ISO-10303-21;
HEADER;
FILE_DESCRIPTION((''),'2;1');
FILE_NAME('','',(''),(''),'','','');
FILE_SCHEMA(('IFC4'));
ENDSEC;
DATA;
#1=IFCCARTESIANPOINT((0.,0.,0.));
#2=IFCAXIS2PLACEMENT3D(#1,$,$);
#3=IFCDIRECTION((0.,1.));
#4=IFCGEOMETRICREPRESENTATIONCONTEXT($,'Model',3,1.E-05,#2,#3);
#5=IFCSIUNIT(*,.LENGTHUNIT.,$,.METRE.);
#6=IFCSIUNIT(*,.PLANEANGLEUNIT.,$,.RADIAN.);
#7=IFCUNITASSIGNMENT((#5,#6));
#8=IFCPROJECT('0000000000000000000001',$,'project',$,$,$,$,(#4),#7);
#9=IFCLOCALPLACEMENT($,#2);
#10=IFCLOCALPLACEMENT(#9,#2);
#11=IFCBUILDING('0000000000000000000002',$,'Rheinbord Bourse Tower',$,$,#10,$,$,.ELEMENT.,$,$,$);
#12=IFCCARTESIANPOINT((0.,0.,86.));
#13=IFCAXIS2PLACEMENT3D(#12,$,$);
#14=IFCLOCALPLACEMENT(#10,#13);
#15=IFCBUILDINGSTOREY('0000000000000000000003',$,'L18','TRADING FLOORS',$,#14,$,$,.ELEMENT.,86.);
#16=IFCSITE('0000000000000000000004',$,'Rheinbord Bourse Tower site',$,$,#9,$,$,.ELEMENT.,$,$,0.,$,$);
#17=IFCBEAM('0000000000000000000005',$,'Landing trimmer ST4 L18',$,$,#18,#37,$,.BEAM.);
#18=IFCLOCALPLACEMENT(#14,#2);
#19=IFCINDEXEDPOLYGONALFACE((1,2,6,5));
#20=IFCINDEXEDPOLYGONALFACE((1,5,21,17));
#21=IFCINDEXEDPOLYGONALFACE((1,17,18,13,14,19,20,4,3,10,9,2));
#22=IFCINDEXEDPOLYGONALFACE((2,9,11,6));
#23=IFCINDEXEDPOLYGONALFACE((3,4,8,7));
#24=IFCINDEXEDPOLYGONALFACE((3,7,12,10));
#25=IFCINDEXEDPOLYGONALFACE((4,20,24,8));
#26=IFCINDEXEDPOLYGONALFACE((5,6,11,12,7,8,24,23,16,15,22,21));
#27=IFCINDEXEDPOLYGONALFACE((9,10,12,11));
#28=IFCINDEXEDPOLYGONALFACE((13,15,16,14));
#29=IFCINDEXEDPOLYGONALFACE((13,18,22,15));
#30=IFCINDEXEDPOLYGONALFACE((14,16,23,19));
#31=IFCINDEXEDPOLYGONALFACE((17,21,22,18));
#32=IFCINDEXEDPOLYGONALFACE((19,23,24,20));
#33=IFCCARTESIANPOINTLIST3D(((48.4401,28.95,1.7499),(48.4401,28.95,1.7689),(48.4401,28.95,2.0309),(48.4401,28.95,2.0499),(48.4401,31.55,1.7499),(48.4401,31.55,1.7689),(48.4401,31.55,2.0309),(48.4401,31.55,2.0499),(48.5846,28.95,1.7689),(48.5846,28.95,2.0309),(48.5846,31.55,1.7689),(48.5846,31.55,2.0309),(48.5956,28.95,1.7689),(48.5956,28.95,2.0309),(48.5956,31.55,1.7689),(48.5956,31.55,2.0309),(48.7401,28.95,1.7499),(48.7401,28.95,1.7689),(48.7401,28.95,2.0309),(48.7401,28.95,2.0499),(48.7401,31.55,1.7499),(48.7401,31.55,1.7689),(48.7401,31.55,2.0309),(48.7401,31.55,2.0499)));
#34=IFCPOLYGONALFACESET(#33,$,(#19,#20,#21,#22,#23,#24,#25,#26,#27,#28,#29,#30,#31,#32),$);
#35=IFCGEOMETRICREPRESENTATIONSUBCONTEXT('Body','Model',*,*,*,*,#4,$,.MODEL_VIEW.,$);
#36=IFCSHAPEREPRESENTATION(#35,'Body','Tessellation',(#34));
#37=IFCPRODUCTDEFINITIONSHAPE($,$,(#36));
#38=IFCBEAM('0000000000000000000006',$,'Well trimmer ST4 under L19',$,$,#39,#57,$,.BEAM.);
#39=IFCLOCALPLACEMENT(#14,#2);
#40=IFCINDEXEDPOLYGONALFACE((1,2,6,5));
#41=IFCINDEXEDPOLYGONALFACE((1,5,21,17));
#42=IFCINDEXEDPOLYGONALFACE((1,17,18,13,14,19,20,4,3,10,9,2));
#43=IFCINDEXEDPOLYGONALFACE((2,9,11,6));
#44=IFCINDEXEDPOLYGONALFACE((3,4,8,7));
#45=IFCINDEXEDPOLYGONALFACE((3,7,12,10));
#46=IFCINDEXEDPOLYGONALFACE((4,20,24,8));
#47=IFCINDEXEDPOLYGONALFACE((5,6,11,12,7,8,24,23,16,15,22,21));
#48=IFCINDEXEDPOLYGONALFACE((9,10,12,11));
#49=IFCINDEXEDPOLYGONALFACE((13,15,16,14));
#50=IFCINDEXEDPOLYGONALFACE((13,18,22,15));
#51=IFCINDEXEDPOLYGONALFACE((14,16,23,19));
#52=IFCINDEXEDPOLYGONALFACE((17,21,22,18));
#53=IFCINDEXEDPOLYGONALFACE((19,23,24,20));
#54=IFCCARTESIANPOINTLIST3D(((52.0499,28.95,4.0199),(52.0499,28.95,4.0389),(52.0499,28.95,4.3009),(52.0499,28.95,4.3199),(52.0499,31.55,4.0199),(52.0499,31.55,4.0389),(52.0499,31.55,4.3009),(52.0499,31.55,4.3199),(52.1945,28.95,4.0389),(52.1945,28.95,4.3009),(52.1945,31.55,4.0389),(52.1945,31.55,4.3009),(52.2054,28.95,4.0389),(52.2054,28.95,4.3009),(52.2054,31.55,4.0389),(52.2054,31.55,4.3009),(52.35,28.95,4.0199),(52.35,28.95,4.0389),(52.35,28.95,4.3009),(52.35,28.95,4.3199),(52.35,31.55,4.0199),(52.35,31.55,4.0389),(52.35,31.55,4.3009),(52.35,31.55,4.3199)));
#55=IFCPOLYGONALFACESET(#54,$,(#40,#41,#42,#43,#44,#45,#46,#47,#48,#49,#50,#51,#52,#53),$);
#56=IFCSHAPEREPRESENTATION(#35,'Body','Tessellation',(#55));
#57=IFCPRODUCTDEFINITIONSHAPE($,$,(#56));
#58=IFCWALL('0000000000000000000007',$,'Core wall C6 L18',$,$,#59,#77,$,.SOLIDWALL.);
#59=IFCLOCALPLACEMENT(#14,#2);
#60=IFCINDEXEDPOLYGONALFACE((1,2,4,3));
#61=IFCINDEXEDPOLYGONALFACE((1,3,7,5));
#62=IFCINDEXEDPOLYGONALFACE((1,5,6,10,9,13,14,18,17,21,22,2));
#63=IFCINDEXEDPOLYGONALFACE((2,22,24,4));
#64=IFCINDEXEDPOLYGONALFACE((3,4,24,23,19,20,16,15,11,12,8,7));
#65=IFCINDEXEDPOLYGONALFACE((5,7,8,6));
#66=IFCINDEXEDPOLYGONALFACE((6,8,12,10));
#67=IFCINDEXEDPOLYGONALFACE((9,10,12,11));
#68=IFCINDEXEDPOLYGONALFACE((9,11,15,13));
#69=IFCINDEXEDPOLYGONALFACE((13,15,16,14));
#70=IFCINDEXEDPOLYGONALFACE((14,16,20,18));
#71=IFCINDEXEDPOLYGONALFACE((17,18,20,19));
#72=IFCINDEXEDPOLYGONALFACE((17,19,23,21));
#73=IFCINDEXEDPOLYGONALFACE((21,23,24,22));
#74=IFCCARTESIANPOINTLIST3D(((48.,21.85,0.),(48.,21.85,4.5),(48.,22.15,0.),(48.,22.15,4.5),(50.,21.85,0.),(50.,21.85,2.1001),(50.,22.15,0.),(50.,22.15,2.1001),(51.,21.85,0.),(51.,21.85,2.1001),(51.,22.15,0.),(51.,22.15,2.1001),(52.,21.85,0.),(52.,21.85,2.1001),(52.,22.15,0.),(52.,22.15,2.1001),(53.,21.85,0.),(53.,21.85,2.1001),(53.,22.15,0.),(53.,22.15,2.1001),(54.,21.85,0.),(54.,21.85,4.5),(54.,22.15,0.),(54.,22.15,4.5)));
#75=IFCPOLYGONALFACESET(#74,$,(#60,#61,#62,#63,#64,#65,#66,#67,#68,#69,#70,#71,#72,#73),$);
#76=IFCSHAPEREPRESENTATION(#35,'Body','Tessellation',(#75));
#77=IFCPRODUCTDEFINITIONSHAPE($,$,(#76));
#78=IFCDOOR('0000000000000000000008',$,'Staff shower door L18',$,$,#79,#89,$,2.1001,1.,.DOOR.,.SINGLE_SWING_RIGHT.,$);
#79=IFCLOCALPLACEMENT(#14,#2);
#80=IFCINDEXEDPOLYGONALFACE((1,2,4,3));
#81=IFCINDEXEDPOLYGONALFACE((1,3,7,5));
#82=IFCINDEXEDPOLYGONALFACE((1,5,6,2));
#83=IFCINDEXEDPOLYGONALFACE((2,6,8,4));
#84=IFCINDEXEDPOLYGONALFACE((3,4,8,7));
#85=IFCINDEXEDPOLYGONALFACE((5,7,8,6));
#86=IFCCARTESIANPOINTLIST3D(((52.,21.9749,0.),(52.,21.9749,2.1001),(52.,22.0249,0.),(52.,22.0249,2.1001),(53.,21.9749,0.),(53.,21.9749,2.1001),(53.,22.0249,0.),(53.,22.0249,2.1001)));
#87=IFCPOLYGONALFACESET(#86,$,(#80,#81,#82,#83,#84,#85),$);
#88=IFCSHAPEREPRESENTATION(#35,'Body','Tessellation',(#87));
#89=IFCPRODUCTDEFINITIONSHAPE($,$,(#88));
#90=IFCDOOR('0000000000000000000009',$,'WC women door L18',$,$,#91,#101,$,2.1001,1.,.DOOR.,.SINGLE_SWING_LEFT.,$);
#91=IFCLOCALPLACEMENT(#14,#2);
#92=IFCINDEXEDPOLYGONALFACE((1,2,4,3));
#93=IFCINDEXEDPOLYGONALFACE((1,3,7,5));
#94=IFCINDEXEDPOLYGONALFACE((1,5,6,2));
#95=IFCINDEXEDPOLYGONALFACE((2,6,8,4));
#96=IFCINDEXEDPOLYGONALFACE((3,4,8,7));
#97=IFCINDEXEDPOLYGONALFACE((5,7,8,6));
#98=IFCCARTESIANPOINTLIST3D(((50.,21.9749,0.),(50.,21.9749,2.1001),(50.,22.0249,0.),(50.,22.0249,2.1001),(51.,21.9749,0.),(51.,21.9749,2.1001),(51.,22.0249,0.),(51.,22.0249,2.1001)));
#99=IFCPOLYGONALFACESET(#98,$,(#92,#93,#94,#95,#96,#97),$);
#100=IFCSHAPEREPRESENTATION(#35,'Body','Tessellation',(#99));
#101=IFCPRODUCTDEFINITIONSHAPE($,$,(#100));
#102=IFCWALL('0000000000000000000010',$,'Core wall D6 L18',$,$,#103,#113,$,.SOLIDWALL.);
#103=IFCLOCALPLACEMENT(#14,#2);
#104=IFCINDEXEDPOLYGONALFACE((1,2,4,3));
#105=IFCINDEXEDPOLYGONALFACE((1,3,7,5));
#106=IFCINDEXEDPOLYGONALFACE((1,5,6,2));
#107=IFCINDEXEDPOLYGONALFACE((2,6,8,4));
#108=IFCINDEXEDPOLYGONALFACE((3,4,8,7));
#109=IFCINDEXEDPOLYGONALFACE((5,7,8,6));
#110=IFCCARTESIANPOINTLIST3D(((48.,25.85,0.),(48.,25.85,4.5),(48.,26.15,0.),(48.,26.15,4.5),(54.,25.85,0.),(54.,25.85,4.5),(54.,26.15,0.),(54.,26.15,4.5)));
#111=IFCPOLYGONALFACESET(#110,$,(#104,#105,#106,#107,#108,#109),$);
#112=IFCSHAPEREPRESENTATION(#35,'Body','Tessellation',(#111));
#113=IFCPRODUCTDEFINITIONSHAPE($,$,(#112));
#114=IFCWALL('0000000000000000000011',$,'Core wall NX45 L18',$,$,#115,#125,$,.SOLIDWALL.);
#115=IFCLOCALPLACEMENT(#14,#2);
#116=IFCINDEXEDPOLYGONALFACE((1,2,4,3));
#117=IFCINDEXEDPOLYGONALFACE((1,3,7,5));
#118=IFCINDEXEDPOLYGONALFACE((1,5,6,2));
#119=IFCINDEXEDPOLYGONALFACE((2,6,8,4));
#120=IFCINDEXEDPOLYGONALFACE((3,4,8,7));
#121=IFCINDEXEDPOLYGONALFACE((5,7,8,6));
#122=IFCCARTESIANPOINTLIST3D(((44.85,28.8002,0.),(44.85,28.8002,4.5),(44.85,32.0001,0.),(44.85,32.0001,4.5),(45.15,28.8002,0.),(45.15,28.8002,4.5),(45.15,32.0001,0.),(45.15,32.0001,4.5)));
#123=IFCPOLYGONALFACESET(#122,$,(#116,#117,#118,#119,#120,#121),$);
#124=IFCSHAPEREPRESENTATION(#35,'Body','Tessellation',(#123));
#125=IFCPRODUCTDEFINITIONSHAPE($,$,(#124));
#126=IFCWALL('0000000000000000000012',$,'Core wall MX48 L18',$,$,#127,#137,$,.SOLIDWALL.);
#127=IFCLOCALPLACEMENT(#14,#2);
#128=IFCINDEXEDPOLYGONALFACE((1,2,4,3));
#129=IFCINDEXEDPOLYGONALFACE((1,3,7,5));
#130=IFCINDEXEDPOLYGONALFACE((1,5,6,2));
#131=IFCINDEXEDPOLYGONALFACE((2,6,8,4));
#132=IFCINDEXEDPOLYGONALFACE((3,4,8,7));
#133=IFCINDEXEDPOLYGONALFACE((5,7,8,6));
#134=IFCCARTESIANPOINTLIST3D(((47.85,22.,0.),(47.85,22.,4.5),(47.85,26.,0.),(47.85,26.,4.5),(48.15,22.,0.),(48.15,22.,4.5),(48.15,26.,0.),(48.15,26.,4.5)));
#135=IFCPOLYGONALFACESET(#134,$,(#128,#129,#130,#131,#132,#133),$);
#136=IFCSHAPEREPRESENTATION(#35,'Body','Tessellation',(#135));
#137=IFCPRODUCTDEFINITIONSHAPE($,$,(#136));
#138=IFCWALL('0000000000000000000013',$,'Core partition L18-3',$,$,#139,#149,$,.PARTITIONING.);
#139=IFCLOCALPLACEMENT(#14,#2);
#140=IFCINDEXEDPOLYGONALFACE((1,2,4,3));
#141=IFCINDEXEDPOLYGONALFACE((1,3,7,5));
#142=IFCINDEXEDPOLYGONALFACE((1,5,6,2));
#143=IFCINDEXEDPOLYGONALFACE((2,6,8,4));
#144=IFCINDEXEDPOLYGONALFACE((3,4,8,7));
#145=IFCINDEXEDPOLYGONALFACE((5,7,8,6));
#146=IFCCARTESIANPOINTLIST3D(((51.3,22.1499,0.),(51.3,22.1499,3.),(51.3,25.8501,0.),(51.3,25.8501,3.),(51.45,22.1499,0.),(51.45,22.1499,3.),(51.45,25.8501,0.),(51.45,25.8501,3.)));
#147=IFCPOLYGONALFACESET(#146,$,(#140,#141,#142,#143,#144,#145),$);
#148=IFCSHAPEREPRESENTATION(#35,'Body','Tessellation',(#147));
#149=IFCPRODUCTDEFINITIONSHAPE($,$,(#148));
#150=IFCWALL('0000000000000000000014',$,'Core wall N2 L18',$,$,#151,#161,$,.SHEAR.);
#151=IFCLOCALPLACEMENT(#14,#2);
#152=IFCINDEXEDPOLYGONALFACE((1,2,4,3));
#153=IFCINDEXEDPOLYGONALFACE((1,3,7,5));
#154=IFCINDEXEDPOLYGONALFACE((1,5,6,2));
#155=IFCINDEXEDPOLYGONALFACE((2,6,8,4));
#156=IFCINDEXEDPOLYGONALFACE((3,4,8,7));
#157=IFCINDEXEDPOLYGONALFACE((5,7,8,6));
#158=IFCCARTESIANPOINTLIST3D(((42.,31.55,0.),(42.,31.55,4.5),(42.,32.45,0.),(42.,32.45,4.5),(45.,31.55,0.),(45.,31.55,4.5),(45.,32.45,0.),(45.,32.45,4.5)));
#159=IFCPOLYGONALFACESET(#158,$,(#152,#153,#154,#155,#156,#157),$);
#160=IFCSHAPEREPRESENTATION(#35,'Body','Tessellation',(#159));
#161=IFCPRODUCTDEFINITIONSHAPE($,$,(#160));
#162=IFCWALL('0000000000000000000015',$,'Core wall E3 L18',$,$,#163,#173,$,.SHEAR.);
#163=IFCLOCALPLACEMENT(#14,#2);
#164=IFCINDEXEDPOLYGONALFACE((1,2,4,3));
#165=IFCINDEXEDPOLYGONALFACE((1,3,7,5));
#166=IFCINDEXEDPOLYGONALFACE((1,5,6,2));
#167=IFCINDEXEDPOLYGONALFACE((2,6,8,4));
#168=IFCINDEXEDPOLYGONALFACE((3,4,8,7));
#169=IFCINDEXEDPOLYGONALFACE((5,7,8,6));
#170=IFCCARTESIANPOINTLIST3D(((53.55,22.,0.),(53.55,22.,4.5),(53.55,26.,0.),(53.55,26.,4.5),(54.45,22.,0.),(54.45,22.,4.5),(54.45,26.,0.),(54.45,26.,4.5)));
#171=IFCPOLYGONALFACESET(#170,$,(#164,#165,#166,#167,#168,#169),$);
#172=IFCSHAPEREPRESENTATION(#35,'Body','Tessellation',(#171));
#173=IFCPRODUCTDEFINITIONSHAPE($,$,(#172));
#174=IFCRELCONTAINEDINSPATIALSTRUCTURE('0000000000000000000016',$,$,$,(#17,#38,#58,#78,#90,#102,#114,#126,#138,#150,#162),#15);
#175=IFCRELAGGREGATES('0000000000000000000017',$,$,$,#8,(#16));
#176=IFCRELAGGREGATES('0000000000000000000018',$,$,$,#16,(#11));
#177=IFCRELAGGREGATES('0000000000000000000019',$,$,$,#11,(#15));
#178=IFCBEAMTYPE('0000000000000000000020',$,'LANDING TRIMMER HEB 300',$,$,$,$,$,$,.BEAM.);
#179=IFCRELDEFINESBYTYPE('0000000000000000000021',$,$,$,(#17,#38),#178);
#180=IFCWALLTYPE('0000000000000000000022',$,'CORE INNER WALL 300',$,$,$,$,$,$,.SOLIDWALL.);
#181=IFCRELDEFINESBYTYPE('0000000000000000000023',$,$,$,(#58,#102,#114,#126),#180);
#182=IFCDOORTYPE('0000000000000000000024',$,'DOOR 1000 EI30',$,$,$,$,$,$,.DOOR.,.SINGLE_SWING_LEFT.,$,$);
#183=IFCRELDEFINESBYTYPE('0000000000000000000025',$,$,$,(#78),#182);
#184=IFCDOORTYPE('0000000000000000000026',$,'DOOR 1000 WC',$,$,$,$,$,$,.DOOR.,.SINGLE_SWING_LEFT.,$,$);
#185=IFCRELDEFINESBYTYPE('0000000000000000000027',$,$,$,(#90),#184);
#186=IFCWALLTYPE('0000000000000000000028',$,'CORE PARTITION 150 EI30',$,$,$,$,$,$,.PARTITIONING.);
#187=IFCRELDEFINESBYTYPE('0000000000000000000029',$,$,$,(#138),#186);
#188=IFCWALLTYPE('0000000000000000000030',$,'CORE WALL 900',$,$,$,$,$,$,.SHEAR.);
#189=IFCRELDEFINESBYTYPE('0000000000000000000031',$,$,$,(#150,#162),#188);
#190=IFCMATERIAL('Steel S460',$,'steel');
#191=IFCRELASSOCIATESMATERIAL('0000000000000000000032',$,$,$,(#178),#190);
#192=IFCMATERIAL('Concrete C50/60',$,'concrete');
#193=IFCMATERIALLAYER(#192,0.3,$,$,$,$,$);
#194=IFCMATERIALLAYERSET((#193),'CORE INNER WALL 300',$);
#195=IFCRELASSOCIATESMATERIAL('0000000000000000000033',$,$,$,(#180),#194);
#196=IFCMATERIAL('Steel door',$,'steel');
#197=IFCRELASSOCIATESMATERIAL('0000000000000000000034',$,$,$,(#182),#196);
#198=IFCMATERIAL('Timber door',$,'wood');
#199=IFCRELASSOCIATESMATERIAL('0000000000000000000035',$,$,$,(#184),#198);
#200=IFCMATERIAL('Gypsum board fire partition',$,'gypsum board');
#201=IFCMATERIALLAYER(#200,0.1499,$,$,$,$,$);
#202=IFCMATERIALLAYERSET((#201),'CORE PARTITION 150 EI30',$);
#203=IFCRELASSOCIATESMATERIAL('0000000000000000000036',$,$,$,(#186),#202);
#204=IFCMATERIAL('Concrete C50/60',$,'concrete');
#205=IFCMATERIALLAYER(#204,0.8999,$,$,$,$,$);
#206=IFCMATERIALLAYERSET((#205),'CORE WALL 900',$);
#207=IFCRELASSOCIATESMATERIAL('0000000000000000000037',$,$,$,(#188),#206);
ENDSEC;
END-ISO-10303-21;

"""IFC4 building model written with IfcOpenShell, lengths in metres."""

from ifc_helpers import new_model, si_unit, direction, frame, frame_2d, origin, origin_2d, place, context, subcontext, project, spatial, rectangle, i_section, extrude, material, layer, layer_set, material_profile, profile_set, type_object, element, fill, save


model = new_model("IFC4")

# Units and contexts
model_context = context("Model", 3, precision=1e-05, world=origin(), true_north=direction((0.0, 1.0)))
body_context = subcontext(model_context, "Body", "Model", "MODEL_VIEW")
ifc_project = project(units=[si_unit("LENGTHUNIT", "METRE"), si_unit("PLANEANGLEUNIT", "RADIAN")], contexts=[model_context])

# Site, building, storey
site_placement = place(None, origin())
site = spatial("IfcSite", under=ifc_project, at=site_placement, Name="Rheinbord Bourse Tower site", CompositionType="ELEMENT", RefElevation=0.0)
building_placement = place(site_placement, origin())
building = spatial("IfcBuilding", under=site, at=building_placement, Name="Rheinbord Bourse Tower", CompositionType="ELEMENT")
storey_placement = place(building_placement, frame((0.0, 0.0, 86.0)))
storey = spatial("IfcBuildingStorey", under=building, at=storey_placement, Name="L18", Description="TRADING FLOORS", CompositionType="ELEMENT", Elevation=86.0)

# Beams
ifc_material_1 = material(Name="Steel S460", Category="steel")
ifc_material_profile = material_profile(ifc_material_1, i_section(OverallWidth=0.3, OverallDepth=0.3, WebThickness=0.011, FlangeThickness=0.019, at=origin_2d()), Name="HEB 300")
ifc_profile_set = profile_set([ifc_material_profile], Name="Steel S460")
beam_type = type_object("IfcBeamType", Name="LANDING TRIMMER HEB 300", PredefinedType="BEAM", material=ifc_profile_set)
for number, where, z_axis, x_axis, name in (
    (1, (48.5901, 28.95, 1.8999), (0.0, 1.0, 0.0), (-1.0, 0.0, 0.0), "Landing trimmer ST4 L18"),
    (2, (52.2, 28.95, 4.1699), (0.0, 1.0, 0.0), (-1.0, 0.0, 0.0), "Well trimmer ST4 under L19"),
):
    element("IfcBeam", number, at=place(storey_placement, frame(where, z_axis=z_axis, x_axis=x_axis)), inside=storey, type_object=beam_type, Name=name, PredefinedType="BEAM", context=body_context, shape_type="SweptSolid", body=[
        extrude(i_section(OverallWidth=0.3, OverallDepth=0.3, WebThickness=0.011, FlangeThickness=0.019, at=origin_2d()), origin(), (0.0, 0.0, 1.0), 2.6001),
    ])

# Wall, openings, doors
ifc_material_2 = material(Name="Concrete C50/60", Category="concrete")
ifc_layer_1 = layer(ifc_material_2, 0.3)
ifc_layer_set_1 = layer_set([ifc_layer_1], Name="CORE INNER WALL 300")
wall_type_1 = type_object("IfcWallType", Name="CORE INNER WALL 300", PredefinedType="SOLIDWALL", material=ifc_layer_set_1)
wall_1_placement = place(storey_placement, frame((48.0, 22.0, 0.0), z_axis=(0.0, 0.0, 1.0), x_axis=(1.0, 0.0, 0.0)))
wall_1 = element("IfcWall", 3, at=wall_1_placement, inside=storey, type_object=wall_type_1, Name="Core wall C6 L18", PredefinedType="SOLIDWALL", context=body_context, shape_type="SweptSolid", body=[
    extrude(rectangle(XDim=6.0, YDim=0.3, at=frame_2d((3.0, 0.0))), origin(), (0.0, 0.0, 1.0), 4.5),
])
opening_1_placement = place(wall_1_placement, frame((2.0, 0.0, 0.0)))
opening_1 = element("IfcOpeningElement", 4, at=opening_1_placement, cuts=wall_1, PredefinedType="OPENING", context=body_context, shape_type="SweptSolid", body=[
    extrude(rectangle(XDim=1.0, YDim=2.1001, at=frame_2d((0.5, 1.05))), frame((0.0, 0.1599, 0.0), z_axis=(0.0, -1.0, 0.0), x_axis=(1.0, 0.0, 0.0)), (0.0, 0.0, 1.0), 0.3201),
])
opening_2_placement = place(wall_1_placement, frame((4.0, 0.0, 0.0)))
opening_2 = element("IfcOpeningElement", 5, at=opening_2_placement, cuts=wall_1, PredefinedType="OPENING", context=body_context, shape_type="SweptSolid", body=[
    extrude(rectangle(XDim=1.0, YDim=2.1001, at=frame_2d((0.5, 1.05))), frame((0.0, 0.1599, 0.0), z_axis=(0.0, -1.0, 0.0), x_axis=(1.0, 0.0, 0.0)), (0.0, 0.0, 1.0), 0.3201),
])
ifc_material_3 = material(Name="Steel door", Category="steel")
door_type_1 = type_object("IfcDoorType", Name="DOOR 1000 EI30", OperationType="SINGLE_SWING_LEFT", PredefinedType="DOOR", material=ifc_material_3)
door_1_placement = place(opening_2_placement, origin())
door_1 = element("IfcDoor", 6, at=door_1_placement, inside=storey, type_object=door_type_1, Name="Staff shower door L18", OperationType="SINGLE_SWING_RIGHT", OverallHeight=2.1001, OverallWidth=1.0, PredefinedType="DOOR", context=body_context, shape_type="SweptSolid", body=[
    extrude(rectangle(XDim=1.0, YDim=2.1001, at=frame_2d((0.5, 1.05))), frame((0.0, 0.0249, 0.0), z_axis=(0.0, -1.0, 0.0), x_axis=(1.0, 0.0, 0.0)), (0.0, 0.0, 1.0), 0.05),
])
fill(opening_2, door_1)
ifc_material_4 = material(Name="Timber door", Category="wood")
door_type_2 = type_object("IfcDoorType", Name="DOOR 1000 WC", OperationType="SINGLE_SWING_LEFT", PredefinedType="DOOR", material=ifc_material_4)
door_2_placement = place(opening_1_placement, origin())
door_2 = element("IfcDoor", 7, at=door_2_placement, inside=storey, type_object=door_type_2, Name="WC women door L18", OperationType="SINGLE_SWING_LEFT", OverallHeight=2.1001, OverallWidth=1.0, PredefinedType="DOOR", context=body_context, shape_type="SweptSolid", body=[
    extrude(rectangle(XDim=1.0, YDim=2.1001, at=frame_2d((0.5, 1.05))), frame((0.0, 0.0249, 0.0), z_axis=(0.0, -1.0, 0.0), x_axis=(1.0, 0.0, 0.0)), (0.0, 0.0, 1.0), 0.05),
])
fill(opening_1, door_2)

# Walls
wall_2_placement = place(storey_placement, frame((48.0, 26.0, 0.0), z_axis=(0.0, 0.0, 1.0), x_axis=(1.0, 0.0, 0.0)))
element("IfcWall", 8, at=wall_2_placement, inside=storey, type_object=wall_type_1, Name="Core wall D6 L18", PredefinedType="SOLIDWALL", context=body_context, shape_type="SweptSolid", body=[
    extrude(rectangle(XDim=6.0, YDim=0.3, at=frame_2d((3.0, 0.0))), origin(), (0.0, 0.0, 1.0), 4.5),
])
wall_3_placement = place(storey_placement, frame((45.0, 28.8, 0.0), z_axis=(0.0, 0.0, 1.0), x_axis=(0.0, 1.0, 0.0)))
element("IfcWall", 9, at=wall_3_placement, inside=storey, type_object=wall_type_1, Name="Core wall NX45 L18", PredefinedType="SOLIDWALL", context=body_context, shape_type="SweptSolid", body=[
    extrude(rectangle(XDim=3.2, YDim=0.3, at=frame_2d((1.6001, 0.0))), origin(), (0.0, 0.0, 1.0), 4.5),
])
wall_4_placement = place(storey_placement, frame((48.0, 22.0, 0.0), z_axis=(0.0, 0.0, 1.0), x_axis=(0.0, 1.0, 0.0)))
element("IfcWall", 10, at=wall_4_placement, inside=storey, type_object=wall_type_1, Name="Core wall MX48 L18", PredefinedType="SOLIDWALL", context=body_context, shape_type="SweptSolid", body=[
    extrude(rectangle(XDim=4.0, YDim=0.3, at=frame_2d((2.0, 0.0))), origin(), (0.0, 0.0, 1.0), 4.5),
])
ifc_material_5 = material(Name="Gypsum board fire partition", Category="gypsum board")
ifc_layer_2 = layer(ifc_material_5, 0.1499)
ifc_layer_set_2 = layer_set([ifc_layer_2], Name="CORE PARTITION 150 EI30")
wall_type_2 = type_object("IfcWallType", Name="CORE PARTITION 150 EI30", PredefinedType="PARTITIONING", material=ifc_layer_set_2)
wall_5_placement = place(storey_placement, frame((51.375, 22.1499, 0.0), z_axis=(0.0, 0.0, 1.0), x_axis=(0.0, 1.0, 0.0)))
element("IfcWall", 11, at=wall_5_placement, inside=storey, type_object=wall_type_2, Name="Core partition L18-3", PredefinedType="PARTITIONING", context=body_context, shape_type="SweptSolid", body=[
    extrude(rectangle(XDim=3.7002, YDim=0.1499, at=frame_2d((1.8501, 0.0))), origin(), (0.0, 0.0, 1.0), 3.0),
])
ifc_material_6 = material(Name="Concrete C50/60", Category="concrete")
ifc_layer_3 = layer(ifc_material_6, 0.8999)
ifc_layer_set_3 = layer_set([ifc_layer_3], Name="CORE WALL 900")
wall_type_3 = type_object("IfcWallType", Name="CORE WALL 900", PredefinedType="SHEAR", material=ifc_layer_set_3)
wall_6_placement = place(storey_placement, frame((45.0, 32.0, 0.0), z_axis=(0.0, 0.0, 1.0), x_axis=(-1.0, 0.0, 0.0)))
element("IfcWall", 12, at=wall_6_placement, inside=storey, type_object=wall_type_3, Name="Core wall N2 L18", PredefinedType="SHEAR", context=body_context, shape_type="SweptSolid", body=[
    extrude(rectangle(XDim=3.0, YDim=0.8999, at=frame_2d((1.5, 0.0))), origin(), (0.0, 0.0, 1.0), 4.5),
])
wall_7_placement = place(storey_placement, frame((54.0, 22.0, 0.0), z_axis=(0.0, 0.0, 1.0), x_axis=(0.0, 1.0, 0.0)))
element("IfcWall", 13, at=wall_7_placement, inside=storey, type_object=wall_type_3, Name="Core wall E3 L18", PredefinedType="SHEAR", context=body_context, shape_type="SweptSolid", body=[
    extrude(rectangle(XDim=4.0, YDim=0.8999, at=frame_2d((2.0, 0.0))), origin(), (0.0, 0.0, 1.0), 4.5),
])

save(model, "model.ifc")
